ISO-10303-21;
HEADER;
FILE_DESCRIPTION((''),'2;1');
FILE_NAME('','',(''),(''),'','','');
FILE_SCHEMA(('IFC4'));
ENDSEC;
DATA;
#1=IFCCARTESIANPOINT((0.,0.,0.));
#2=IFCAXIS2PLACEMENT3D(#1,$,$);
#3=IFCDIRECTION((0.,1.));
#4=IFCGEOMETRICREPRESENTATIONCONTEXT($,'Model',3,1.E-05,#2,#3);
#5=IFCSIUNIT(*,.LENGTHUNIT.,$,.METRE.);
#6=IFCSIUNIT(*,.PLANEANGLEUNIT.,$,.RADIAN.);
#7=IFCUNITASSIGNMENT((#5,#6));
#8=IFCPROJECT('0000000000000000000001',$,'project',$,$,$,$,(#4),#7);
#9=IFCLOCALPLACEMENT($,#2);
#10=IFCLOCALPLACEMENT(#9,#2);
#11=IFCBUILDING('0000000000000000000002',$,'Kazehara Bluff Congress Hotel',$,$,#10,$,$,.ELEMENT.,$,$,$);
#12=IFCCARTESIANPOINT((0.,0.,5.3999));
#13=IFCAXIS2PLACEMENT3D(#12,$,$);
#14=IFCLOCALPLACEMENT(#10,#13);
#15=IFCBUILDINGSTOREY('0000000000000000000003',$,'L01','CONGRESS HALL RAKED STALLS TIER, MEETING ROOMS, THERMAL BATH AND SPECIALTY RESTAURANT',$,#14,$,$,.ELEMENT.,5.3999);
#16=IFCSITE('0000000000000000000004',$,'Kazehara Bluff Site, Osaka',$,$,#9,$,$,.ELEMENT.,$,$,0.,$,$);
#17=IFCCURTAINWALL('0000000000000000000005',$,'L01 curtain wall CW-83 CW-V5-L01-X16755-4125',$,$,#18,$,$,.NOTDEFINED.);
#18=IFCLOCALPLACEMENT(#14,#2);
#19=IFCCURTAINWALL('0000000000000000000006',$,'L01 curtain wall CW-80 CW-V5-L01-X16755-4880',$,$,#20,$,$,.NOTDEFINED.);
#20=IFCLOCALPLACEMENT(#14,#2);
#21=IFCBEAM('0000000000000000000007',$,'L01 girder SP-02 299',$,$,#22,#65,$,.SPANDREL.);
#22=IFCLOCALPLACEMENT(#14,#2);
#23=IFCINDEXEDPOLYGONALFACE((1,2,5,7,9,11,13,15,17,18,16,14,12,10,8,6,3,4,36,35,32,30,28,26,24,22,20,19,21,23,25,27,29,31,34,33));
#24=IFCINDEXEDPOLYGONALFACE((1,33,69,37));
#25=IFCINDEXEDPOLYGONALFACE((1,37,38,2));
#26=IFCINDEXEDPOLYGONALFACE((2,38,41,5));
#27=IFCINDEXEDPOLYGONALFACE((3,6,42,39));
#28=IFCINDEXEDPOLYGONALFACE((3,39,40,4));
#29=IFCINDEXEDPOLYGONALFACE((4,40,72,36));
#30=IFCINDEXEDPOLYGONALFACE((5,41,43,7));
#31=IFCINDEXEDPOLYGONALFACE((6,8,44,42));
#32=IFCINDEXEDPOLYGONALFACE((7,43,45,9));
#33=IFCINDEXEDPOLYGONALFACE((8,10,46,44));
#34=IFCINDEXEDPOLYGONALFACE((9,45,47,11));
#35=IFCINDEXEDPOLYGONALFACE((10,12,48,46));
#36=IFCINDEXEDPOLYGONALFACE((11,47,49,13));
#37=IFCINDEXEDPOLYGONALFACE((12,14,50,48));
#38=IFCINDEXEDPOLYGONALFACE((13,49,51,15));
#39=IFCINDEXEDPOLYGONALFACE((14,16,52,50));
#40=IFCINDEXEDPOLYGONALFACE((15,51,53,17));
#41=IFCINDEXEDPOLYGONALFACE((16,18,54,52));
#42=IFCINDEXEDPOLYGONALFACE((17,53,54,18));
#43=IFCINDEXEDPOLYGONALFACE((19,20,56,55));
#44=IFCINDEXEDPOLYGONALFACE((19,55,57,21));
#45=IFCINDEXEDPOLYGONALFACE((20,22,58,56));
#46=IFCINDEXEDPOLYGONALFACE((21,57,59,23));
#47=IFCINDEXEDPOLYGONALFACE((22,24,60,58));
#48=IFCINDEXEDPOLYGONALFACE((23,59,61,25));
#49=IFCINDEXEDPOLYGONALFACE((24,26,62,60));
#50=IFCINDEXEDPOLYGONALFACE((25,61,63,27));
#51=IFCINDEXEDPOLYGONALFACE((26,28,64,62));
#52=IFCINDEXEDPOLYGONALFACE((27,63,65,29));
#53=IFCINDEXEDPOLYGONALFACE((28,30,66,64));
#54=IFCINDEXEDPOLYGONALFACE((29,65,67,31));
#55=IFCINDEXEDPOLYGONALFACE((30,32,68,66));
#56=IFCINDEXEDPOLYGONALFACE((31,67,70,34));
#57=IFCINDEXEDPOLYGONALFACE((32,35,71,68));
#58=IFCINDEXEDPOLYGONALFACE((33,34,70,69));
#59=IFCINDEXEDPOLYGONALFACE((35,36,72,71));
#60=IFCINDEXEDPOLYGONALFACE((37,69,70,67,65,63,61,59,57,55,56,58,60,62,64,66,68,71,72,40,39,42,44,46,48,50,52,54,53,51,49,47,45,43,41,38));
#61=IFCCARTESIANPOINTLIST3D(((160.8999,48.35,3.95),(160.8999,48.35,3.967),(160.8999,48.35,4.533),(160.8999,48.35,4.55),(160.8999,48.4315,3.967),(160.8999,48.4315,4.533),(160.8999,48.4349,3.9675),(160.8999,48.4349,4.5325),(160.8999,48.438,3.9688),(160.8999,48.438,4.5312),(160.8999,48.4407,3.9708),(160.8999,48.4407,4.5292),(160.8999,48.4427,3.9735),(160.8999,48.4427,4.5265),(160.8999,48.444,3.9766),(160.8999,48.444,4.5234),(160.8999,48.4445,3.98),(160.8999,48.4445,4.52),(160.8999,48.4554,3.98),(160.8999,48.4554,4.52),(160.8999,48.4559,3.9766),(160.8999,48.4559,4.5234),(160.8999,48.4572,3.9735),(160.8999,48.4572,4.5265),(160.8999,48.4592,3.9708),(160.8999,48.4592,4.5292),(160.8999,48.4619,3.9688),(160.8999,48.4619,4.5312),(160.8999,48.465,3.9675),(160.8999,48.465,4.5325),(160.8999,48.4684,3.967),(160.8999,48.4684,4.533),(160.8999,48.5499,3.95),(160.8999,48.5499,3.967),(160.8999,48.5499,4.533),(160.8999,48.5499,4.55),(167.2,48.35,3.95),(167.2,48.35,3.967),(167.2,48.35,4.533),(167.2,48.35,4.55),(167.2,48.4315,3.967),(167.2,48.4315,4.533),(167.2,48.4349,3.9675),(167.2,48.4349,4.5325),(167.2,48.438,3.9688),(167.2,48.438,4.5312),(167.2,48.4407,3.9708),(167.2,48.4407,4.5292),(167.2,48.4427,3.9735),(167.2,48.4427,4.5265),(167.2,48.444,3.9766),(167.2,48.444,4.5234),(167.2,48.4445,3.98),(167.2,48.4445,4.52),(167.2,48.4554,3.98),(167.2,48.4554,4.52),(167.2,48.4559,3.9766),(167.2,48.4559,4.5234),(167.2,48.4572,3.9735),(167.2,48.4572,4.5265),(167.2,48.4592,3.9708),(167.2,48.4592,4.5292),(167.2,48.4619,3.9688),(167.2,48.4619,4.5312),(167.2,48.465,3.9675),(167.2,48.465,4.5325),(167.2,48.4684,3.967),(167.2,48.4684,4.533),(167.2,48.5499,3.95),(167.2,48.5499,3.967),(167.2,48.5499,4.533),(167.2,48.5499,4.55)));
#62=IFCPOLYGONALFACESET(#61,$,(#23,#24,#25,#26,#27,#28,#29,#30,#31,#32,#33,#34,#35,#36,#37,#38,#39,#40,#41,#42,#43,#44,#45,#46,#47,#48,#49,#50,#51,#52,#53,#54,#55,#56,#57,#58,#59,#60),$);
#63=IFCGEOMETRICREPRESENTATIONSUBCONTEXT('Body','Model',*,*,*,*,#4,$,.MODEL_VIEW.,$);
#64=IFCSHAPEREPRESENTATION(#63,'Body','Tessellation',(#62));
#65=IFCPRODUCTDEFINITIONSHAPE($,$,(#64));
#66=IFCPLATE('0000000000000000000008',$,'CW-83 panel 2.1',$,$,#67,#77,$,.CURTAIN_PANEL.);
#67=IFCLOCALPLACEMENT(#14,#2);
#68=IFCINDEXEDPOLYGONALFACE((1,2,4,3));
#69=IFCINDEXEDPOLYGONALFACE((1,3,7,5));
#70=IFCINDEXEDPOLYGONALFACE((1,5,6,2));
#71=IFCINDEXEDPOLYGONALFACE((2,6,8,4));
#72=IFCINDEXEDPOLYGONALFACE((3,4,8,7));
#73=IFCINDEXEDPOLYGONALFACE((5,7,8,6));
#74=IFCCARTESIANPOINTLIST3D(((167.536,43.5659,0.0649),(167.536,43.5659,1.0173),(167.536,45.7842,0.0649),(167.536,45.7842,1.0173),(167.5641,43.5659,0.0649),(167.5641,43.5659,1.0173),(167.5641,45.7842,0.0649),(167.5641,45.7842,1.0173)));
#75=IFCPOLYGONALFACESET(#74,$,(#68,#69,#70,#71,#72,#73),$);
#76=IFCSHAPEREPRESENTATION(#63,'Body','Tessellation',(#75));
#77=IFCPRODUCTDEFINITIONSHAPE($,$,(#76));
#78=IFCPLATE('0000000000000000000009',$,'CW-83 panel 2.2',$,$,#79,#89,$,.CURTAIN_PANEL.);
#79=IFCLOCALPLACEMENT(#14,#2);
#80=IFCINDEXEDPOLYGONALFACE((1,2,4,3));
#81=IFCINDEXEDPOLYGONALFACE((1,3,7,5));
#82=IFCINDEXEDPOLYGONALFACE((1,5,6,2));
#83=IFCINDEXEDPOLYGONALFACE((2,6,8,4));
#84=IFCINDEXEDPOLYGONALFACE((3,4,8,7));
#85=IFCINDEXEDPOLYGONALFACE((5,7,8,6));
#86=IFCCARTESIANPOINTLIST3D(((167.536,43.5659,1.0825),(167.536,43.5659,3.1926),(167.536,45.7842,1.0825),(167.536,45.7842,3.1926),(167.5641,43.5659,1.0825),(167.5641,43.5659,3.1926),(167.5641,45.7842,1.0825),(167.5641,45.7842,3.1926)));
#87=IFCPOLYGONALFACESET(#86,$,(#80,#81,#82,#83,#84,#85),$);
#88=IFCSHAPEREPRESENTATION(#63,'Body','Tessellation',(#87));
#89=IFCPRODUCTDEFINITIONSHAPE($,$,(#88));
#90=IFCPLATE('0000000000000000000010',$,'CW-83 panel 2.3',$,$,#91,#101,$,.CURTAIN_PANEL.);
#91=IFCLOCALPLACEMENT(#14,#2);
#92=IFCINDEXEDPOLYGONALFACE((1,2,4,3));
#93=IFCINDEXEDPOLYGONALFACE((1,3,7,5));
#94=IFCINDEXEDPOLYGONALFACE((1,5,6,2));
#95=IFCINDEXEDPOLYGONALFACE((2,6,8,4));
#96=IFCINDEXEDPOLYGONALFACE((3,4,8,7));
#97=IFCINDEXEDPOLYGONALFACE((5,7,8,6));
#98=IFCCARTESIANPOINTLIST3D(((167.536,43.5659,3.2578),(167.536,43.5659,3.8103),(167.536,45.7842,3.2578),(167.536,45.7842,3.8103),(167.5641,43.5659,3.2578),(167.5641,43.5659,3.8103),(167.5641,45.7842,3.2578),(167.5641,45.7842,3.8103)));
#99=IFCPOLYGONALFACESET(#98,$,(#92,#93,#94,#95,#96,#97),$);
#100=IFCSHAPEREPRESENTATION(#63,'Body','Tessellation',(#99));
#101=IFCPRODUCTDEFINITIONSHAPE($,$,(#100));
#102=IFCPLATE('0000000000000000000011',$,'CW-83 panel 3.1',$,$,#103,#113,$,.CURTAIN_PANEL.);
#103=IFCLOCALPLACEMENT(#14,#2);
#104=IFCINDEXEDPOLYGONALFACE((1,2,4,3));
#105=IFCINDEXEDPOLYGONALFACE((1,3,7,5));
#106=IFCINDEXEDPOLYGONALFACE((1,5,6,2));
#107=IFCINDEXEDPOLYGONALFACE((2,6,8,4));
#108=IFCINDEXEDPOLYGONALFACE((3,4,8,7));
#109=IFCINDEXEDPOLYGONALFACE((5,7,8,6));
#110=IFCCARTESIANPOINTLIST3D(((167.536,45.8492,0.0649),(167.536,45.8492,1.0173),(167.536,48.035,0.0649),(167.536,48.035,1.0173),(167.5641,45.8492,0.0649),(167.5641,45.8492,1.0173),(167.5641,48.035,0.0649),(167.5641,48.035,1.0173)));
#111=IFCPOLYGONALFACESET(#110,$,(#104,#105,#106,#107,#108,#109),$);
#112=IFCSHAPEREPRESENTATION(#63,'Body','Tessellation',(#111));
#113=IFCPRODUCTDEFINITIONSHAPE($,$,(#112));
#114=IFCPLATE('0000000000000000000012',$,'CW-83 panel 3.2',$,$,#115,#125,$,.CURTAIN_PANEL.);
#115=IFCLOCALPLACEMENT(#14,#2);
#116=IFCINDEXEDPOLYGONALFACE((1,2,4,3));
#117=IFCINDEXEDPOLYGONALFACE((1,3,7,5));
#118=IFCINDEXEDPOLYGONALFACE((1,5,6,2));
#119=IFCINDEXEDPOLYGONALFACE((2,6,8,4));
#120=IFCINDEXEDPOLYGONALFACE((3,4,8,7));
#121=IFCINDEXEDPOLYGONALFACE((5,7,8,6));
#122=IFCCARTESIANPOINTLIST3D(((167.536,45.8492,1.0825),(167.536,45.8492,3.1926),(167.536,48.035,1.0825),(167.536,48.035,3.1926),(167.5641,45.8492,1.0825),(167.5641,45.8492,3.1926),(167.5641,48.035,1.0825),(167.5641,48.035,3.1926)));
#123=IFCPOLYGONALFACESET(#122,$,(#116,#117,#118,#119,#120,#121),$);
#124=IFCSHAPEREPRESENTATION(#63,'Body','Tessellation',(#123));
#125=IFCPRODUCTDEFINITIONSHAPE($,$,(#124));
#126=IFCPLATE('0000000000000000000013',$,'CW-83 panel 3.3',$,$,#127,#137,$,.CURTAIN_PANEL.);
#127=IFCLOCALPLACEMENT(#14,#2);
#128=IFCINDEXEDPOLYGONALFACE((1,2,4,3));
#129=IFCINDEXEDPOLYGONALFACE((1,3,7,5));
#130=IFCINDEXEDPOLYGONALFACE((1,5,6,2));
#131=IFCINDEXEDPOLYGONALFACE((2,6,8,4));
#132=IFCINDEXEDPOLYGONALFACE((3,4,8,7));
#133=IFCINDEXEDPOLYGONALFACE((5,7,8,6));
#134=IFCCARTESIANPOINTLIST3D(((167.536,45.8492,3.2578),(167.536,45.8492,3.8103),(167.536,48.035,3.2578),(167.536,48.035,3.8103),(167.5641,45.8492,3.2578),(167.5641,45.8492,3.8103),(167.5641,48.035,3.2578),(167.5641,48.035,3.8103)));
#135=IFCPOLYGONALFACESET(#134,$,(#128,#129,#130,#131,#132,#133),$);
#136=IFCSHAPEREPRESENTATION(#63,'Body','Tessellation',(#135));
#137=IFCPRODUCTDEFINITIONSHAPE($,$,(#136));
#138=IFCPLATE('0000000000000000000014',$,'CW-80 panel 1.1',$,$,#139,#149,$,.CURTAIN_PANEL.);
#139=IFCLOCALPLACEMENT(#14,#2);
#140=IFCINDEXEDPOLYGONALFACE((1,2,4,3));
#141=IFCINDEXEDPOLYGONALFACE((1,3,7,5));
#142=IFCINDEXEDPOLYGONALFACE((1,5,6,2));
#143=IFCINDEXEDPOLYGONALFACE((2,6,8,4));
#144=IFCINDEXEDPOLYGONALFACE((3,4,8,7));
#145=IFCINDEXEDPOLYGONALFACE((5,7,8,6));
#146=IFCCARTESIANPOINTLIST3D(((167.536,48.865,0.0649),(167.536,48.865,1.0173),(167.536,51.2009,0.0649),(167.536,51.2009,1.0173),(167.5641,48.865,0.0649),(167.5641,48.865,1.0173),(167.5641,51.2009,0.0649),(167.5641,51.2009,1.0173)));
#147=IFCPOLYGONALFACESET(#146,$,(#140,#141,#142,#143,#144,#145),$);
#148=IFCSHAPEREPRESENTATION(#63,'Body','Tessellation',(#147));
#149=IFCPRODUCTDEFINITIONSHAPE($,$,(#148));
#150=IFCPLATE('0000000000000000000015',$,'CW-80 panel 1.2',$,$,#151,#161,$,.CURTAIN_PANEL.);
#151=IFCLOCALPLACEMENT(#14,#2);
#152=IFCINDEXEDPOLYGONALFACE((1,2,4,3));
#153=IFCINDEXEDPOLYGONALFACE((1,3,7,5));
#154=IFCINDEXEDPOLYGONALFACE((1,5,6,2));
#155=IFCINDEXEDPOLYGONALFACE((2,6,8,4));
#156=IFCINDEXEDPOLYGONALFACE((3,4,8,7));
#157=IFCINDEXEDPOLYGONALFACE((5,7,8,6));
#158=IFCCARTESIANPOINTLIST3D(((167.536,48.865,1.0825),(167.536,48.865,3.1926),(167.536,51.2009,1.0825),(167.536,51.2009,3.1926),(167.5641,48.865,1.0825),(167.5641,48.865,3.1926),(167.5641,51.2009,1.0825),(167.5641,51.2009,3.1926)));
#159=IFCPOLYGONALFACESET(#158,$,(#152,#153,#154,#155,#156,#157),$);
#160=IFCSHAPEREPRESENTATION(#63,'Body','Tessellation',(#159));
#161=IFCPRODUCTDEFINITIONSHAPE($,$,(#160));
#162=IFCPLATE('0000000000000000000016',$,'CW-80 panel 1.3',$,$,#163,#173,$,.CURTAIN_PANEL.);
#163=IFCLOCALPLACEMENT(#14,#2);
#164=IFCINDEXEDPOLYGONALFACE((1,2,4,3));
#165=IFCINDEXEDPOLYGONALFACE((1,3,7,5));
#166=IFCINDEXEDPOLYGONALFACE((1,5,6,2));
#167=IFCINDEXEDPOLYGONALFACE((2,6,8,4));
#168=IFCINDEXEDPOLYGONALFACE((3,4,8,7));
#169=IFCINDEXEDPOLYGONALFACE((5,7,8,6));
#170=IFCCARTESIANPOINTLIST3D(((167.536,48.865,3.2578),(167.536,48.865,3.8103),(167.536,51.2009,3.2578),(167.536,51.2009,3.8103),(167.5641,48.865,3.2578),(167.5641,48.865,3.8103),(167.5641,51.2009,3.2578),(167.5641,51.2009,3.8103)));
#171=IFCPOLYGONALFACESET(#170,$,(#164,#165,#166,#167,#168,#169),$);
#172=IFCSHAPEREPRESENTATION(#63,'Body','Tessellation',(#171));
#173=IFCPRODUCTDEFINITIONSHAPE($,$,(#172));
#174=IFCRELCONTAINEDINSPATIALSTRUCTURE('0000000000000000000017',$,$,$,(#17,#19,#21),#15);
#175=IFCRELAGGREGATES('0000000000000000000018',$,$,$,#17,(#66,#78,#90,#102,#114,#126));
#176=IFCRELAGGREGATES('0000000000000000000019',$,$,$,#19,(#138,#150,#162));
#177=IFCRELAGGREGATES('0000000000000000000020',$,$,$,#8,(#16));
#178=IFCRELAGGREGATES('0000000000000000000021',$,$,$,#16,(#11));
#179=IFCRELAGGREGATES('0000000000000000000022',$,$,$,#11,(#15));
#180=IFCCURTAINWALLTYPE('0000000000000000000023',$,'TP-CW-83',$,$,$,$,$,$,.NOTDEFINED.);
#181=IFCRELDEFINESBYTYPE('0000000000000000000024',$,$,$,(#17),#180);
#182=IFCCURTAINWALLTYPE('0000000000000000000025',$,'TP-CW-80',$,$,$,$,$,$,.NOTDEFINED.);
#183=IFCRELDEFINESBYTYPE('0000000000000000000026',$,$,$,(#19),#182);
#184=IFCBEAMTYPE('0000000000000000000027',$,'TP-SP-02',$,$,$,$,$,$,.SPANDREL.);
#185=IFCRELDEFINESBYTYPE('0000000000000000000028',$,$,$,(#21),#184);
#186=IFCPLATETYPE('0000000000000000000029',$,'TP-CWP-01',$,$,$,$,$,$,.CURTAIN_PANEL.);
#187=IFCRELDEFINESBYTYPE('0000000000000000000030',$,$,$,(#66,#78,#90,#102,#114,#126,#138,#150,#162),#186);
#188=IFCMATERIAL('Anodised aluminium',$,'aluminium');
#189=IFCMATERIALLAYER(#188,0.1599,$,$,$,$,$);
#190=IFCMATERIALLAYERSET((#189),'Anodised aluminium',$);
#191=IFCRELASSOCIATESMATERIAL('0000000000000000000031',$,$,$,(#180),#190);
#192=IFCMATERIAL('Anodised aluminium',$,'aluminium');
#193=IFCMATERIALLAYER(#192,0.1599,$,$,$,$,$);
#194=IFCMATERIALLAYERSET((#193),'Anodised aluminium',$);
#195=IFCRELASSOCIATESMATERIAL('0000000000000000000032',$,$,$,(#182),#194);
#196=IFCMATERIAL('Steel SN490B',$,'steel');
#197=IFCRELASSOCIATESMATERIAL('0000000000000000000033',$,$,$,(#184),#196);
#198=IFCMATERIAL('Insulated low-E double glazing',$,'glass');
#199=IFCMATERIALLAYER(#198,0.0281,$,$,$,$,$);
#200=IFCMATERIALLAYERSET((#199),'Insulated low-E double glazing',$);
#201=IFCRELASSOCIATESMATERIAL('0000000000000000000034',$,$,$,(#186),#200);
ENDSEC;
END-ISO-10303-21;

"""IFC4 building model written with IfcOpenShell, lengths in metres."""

from ifc_helpers import new_model, si_unit, direction, frame, origin, origin_2d, place, context, subcontext, project, spatial, rectangle, i_section, extrude, material, layer, layer_set, material_profile, profile_set, type_object, element, aggregate, save


model = new_model("IFC4")

# Units and contexts
model_context = context("Model", 3, precision=1e-05, world=origin(), true_north=direction((0.0, 1.0)))
body_context = subcontext(model_context, "Body", "Model", "MODEL_VIEW")
ifc_project = project(units=[si_unit("LENGTHUNIT", "METRE"), si_unit("PLANEANGLEUNIT", "RADIAN")], contexts=[model_context])

# Site, building, storey
site_placement = place(None, origin())
site = spatial("IfcSite", under=ifc_project, at=site_placement, Name="Kazehara Bluff Site, Osaka", CompositionType="ELEMENT", RefElevation=0.0)
building_placement = place(site_placement, origin())
building = spatial("IfcBuilding", under=site, at=building_placement, Name="Kazehara Bluff Congress Hotel", CompositionType="ELEMENT")
storey_placement = place(building_placement, frame((0.0, 0.0, 5.3999)))
storey = spatial("IfcBuildingStorey", under=building, at=storey_placement, Name="L01", Description="CONGRESS HALL RAKED STALLS TIER, MEETING ROOMS, THERMAL BATH AND SPECIALTY RESTAURANT", CompositionType="ELEMENT", Elevation=5.3999)

# Curtain walls
ifc_material_1 = material(Name="Anodised aluminium", Category="aluminium")
ifc_layer_1 = layer(ifc_material_1, 0.1599)
ifc_layer_set_1 = layer_set([ifc_layer_1], Name="Anodised aluminium")
curtain_wall_type_1 = type_object("IfcCurtainWallType", Name="TP-CW-83", PredefinedType="NOTDEFINED", material=ifc_layer_set_1)
curtain_wall_1_placement = place(storey_placement, origin())
curtain_wall_1 = element("IfcCurtainWall", 1, at=curtain_wall_1_placement, inside=storey, type_object=curtain_wall_type_1, Name="L01 curtain wall CW-83 CW-V5-L01-X16755-4125", PredefinedType="NOTDEFINED")
ifc_material_2 = material(Name="Anodised aluminium", Category="aluminium")
ifc_layer_2 = layer(ifc_material_2, 0.1599)
ifc_layer_set_2 = layer_set([ifc_layer_2], Name="Anodised aluminium")
curtain_wall_type_2 = type_object("IfcCurtainWallType", Name="TP-CW-80", PredefinedType="NOTDEFINED", material=ifc_layer_set_2)
curtain_wall_2_placement = place(storey_placement, origin())
curtain_wall_2 = element("IfcCurtainWall", 2, at=curtain_wall_2_placement, inside=storey, type_object=curtain_wall_type_2, Name="L01 curtain wall CW-80 CW-V5-L01-X16755-4880", PredefinedType="NOTDEFINED")

# Beam
ifc_material_3 = material(Name="Steel SN490B", Category="steel")
ifc_material_profile_1 = material_profile(ifc_material_3, i_section(OverallWidth=0.2, OverallDepth=0.6001, WebThickness=0.011, FlangeThickness=0.0171, FilletRadius=0.0129, at=origin_2d()))
ifc_profile_set_1 = profile_set([ifc_material_profile_1], Name="Steel SN490B")
beam_type_1 = type_object("IfcBeamType", Name="TP-SP-02", PredefinedType="SPANDREL", material=ifc_profile_set_1)
beam_1_placement = place(storey_placement, frame((160.8999, 48.45, 4.25), z_axis=(1.0, 0.0, 0.0), x_axis=(0.0, 1.0, 0.0)))
element("IfcBeam", 3, at=beam_1_placement, inside=storey, type_object=beam_type_1, Name="L01 girder SP-02 299", PredefinedType="SPANDREL", context=body_context, shape_type="SweptSolid", body=[
    extrude(i_section(OverallWidth=0.2, OverallDepth=0.6001, WebThickness=0.011, FlangeThickness=0.0171, FilletRadius=0.0129, at=origin_2d()), origin(), (0.0, 0.0, 1.0), 6.3),
])

# Plates
ifc_material_4 = material(Name="Insulated low-E double glazing", Category="glass")
ifc_layer_3 = layer(ifc_material_4, 0.0281)
ifc_layer_set_3 = layer_set([ifc_layer_3], Name="Insulated low-E double glazing")
plate_type = type_object("IfcPlateType", Name="TP-CWP-01", PredefinedType="CURTAIN_PANEL", material=ifc_layer_set_3)
plate_1_placement = place(storey_placement, frame((167.55, 44.675, 0.0649), z_axis=(0.0, 0.0, 1.0), x_axis=(0.0, 1.0, 0.0)))
plate_1 = element("IfcPlate", 4, at=plate_1_placement, type_object=plate_type, Name="CW-83 panel 2.1", PredefinedType="CURTAIN_PANEL", context=body_context, shape_type="SweptSolid", body=[
    extrude(rectangle(XDim=2.2183, YDim=0.0281, at=origin_2d()), origin(), (0.0, 0.0, 1.0), 0.9524),
])
plate_2_placement = place(storey_placement, frame((167.55, 44.675, 1.0825), z_axis=(0.0, 0.0, 1.0), x_axis=(0.0, 1.0, 0.0)))
plate_2 = element("IfcPlate", 5, at=plate_2_placement, type_object=plate_type, Name="CW-83 panel 2.2", PredefinedType="CURTAIN_PANEL", context=body_context, shape_type="SweptSolid", body=[
    extrude(rectangle(XDim=2.2183, YDim=0.0281, at=origin_2d()), origin(), (0.0, 0.0, 1.0), 2.1101),
])
plate_3_placement = place(storey_placement, frame((167.55, 44.675, 3.2578), z_axis=(0.0, 0.0, 1.0), x_axis=(0.0, 1.0, 0.0)))
plate_3 = element("IfcPlate", 6, at=plate_3_placement, type_object=plate_type, Name="CW-83 panel 2.3", PredefinedType="CURTAIN_PANEL", context=body_context, shape_type="SweptSolid", body=[
    extrude(rectangle(XDim=2.2183, YDim=0.0281, at=origin_2d()), origin(), (0.0, 0.0, 1.0), 0.5525),
])
plate_4_placement = place(storey_placement, frame((167.55, 46.9421, 0.0649), z_axis=(0.0, 0.0, 1.0), x_axis=(0.0, 1.0, 0.0)))
plate_4 = element("IfcPlate", 7, at=plate_4_placement, type_object=plate_type, Name="CW-83 panel 3.1", PredefinedType="CURTAIN_PANEL", context=body_context, shape_type="SweptSolid", body=[
    extrude(rectangle(XDim=2.1858, YDim=0.0281, at=origin_2d()), origin(), (0.0, 0.0, 1.0), 0.9524),
])
plate_5_placement = place(storey_placement, frame((167.55, 46.9421, 1.0825), z_axis=(0.0, 0.0, 1.0), x_axis=(0.0, 1.0, 0.0)))
plate_5 = element("IfcPlate", 8, at=plate_5_placement, type_object=plate_type, Name="CW-83 panel 3.2", PredefinedType="CURTAIN_PANEL", context=body_context, shape_type="SweptSolid", body=[
    extrude(rectangle(XDim=2.1858, YDim=0.0281, at=origin_2d()), origin(), (0.0, 0.0, 1.0), 2.1101),
])
plate_6_placement = place(storey_placement, frame((167.55, 46.9421, 3.2578), z_axis=(0.0, 0.0, 1.0), x_axis=(0.0, 1.0, 0.0)))
plate_6 = element("IfcPlate", 9, at=plate_6_placement, type_object=plate_type, Name="CW-83 panel 3.3", PredefinedType="CURTAIN_PANEL", context=body_context, shape_type="SweptSolid", body=[
    extrude(rectangle(XDim=2.1858, YDim=0.0281, at=origin_2d()), origin(), (0.0, 0.0, 1.0), 0.5525),
])
aggregate(curtain_wall_1, [plate_1, plate_2, plate_3, plate_4, plate_5, plate_6])
plate_7_placement = place(storey_placement, frame((167.55, 50.033, 0.0649), z_axis=(0.0, 0.0, 1.0), x_axis=(0.0, 1.0, 0.0)))
plate_7 = element("IfcPlate", 10, at=plate_7_placement, type_object=plate_type, Name="CW-80 panel 1.1", PredefinedType="CURTAIN_PANEL", context=body_context, shape_type="SweptSolid", body=[
    extrude(rectangle(XDim=2.3359, YDim=0.0281, at=origin_2d()), origin(), (0.0, 0.0, 1.0), 0.9524),
])
plate_8_placement = place(storey_placement, frame((167.55, 50.033, 1.0825), z_axis=(0.0, 0.0, 1.0), x_axis=(0.0, 1.0, 0.0)))
plate_8 = element("IfcPlate", 11, at=plate_8_placement, type_object=plate_type, Name="CW-80 panel 1.2", PredefinedType="CURTAIN_PANEL", context=body_context, shape_type="SweptSolid", body=[
    extrude(rectangle(XDim=2.3359, YDim=0.0281, at=origin_2d()), origin(), (0.0, 0.0, 1.0), 2.1101),
])
plate_9_placement = place(storey_placement, frame((167.55, 50.033, 3.2578), z_axis=(0.0, 0.0, 1.0), x_axis=(0.0, 1.0, 0.0)))
plate_9 = element("IfcPlate", 12, at=plate_9_placement, type_object=plate_type, Name="CW-80 panel 1.3", PredefinedType="CURTAIN_PANEL", context=body_context, shape_type="SweptSolid", body=[
    extrude(rectangle(XDim=2.3359, YDim=0.0281, at=origin_2d()), origin(), (0.0, 0.0, 1.0), 0.5525),
])
aggregate(curtain_wall_2, [plate_7, plate_8, plate_9])

save(model, "model.ifc")
